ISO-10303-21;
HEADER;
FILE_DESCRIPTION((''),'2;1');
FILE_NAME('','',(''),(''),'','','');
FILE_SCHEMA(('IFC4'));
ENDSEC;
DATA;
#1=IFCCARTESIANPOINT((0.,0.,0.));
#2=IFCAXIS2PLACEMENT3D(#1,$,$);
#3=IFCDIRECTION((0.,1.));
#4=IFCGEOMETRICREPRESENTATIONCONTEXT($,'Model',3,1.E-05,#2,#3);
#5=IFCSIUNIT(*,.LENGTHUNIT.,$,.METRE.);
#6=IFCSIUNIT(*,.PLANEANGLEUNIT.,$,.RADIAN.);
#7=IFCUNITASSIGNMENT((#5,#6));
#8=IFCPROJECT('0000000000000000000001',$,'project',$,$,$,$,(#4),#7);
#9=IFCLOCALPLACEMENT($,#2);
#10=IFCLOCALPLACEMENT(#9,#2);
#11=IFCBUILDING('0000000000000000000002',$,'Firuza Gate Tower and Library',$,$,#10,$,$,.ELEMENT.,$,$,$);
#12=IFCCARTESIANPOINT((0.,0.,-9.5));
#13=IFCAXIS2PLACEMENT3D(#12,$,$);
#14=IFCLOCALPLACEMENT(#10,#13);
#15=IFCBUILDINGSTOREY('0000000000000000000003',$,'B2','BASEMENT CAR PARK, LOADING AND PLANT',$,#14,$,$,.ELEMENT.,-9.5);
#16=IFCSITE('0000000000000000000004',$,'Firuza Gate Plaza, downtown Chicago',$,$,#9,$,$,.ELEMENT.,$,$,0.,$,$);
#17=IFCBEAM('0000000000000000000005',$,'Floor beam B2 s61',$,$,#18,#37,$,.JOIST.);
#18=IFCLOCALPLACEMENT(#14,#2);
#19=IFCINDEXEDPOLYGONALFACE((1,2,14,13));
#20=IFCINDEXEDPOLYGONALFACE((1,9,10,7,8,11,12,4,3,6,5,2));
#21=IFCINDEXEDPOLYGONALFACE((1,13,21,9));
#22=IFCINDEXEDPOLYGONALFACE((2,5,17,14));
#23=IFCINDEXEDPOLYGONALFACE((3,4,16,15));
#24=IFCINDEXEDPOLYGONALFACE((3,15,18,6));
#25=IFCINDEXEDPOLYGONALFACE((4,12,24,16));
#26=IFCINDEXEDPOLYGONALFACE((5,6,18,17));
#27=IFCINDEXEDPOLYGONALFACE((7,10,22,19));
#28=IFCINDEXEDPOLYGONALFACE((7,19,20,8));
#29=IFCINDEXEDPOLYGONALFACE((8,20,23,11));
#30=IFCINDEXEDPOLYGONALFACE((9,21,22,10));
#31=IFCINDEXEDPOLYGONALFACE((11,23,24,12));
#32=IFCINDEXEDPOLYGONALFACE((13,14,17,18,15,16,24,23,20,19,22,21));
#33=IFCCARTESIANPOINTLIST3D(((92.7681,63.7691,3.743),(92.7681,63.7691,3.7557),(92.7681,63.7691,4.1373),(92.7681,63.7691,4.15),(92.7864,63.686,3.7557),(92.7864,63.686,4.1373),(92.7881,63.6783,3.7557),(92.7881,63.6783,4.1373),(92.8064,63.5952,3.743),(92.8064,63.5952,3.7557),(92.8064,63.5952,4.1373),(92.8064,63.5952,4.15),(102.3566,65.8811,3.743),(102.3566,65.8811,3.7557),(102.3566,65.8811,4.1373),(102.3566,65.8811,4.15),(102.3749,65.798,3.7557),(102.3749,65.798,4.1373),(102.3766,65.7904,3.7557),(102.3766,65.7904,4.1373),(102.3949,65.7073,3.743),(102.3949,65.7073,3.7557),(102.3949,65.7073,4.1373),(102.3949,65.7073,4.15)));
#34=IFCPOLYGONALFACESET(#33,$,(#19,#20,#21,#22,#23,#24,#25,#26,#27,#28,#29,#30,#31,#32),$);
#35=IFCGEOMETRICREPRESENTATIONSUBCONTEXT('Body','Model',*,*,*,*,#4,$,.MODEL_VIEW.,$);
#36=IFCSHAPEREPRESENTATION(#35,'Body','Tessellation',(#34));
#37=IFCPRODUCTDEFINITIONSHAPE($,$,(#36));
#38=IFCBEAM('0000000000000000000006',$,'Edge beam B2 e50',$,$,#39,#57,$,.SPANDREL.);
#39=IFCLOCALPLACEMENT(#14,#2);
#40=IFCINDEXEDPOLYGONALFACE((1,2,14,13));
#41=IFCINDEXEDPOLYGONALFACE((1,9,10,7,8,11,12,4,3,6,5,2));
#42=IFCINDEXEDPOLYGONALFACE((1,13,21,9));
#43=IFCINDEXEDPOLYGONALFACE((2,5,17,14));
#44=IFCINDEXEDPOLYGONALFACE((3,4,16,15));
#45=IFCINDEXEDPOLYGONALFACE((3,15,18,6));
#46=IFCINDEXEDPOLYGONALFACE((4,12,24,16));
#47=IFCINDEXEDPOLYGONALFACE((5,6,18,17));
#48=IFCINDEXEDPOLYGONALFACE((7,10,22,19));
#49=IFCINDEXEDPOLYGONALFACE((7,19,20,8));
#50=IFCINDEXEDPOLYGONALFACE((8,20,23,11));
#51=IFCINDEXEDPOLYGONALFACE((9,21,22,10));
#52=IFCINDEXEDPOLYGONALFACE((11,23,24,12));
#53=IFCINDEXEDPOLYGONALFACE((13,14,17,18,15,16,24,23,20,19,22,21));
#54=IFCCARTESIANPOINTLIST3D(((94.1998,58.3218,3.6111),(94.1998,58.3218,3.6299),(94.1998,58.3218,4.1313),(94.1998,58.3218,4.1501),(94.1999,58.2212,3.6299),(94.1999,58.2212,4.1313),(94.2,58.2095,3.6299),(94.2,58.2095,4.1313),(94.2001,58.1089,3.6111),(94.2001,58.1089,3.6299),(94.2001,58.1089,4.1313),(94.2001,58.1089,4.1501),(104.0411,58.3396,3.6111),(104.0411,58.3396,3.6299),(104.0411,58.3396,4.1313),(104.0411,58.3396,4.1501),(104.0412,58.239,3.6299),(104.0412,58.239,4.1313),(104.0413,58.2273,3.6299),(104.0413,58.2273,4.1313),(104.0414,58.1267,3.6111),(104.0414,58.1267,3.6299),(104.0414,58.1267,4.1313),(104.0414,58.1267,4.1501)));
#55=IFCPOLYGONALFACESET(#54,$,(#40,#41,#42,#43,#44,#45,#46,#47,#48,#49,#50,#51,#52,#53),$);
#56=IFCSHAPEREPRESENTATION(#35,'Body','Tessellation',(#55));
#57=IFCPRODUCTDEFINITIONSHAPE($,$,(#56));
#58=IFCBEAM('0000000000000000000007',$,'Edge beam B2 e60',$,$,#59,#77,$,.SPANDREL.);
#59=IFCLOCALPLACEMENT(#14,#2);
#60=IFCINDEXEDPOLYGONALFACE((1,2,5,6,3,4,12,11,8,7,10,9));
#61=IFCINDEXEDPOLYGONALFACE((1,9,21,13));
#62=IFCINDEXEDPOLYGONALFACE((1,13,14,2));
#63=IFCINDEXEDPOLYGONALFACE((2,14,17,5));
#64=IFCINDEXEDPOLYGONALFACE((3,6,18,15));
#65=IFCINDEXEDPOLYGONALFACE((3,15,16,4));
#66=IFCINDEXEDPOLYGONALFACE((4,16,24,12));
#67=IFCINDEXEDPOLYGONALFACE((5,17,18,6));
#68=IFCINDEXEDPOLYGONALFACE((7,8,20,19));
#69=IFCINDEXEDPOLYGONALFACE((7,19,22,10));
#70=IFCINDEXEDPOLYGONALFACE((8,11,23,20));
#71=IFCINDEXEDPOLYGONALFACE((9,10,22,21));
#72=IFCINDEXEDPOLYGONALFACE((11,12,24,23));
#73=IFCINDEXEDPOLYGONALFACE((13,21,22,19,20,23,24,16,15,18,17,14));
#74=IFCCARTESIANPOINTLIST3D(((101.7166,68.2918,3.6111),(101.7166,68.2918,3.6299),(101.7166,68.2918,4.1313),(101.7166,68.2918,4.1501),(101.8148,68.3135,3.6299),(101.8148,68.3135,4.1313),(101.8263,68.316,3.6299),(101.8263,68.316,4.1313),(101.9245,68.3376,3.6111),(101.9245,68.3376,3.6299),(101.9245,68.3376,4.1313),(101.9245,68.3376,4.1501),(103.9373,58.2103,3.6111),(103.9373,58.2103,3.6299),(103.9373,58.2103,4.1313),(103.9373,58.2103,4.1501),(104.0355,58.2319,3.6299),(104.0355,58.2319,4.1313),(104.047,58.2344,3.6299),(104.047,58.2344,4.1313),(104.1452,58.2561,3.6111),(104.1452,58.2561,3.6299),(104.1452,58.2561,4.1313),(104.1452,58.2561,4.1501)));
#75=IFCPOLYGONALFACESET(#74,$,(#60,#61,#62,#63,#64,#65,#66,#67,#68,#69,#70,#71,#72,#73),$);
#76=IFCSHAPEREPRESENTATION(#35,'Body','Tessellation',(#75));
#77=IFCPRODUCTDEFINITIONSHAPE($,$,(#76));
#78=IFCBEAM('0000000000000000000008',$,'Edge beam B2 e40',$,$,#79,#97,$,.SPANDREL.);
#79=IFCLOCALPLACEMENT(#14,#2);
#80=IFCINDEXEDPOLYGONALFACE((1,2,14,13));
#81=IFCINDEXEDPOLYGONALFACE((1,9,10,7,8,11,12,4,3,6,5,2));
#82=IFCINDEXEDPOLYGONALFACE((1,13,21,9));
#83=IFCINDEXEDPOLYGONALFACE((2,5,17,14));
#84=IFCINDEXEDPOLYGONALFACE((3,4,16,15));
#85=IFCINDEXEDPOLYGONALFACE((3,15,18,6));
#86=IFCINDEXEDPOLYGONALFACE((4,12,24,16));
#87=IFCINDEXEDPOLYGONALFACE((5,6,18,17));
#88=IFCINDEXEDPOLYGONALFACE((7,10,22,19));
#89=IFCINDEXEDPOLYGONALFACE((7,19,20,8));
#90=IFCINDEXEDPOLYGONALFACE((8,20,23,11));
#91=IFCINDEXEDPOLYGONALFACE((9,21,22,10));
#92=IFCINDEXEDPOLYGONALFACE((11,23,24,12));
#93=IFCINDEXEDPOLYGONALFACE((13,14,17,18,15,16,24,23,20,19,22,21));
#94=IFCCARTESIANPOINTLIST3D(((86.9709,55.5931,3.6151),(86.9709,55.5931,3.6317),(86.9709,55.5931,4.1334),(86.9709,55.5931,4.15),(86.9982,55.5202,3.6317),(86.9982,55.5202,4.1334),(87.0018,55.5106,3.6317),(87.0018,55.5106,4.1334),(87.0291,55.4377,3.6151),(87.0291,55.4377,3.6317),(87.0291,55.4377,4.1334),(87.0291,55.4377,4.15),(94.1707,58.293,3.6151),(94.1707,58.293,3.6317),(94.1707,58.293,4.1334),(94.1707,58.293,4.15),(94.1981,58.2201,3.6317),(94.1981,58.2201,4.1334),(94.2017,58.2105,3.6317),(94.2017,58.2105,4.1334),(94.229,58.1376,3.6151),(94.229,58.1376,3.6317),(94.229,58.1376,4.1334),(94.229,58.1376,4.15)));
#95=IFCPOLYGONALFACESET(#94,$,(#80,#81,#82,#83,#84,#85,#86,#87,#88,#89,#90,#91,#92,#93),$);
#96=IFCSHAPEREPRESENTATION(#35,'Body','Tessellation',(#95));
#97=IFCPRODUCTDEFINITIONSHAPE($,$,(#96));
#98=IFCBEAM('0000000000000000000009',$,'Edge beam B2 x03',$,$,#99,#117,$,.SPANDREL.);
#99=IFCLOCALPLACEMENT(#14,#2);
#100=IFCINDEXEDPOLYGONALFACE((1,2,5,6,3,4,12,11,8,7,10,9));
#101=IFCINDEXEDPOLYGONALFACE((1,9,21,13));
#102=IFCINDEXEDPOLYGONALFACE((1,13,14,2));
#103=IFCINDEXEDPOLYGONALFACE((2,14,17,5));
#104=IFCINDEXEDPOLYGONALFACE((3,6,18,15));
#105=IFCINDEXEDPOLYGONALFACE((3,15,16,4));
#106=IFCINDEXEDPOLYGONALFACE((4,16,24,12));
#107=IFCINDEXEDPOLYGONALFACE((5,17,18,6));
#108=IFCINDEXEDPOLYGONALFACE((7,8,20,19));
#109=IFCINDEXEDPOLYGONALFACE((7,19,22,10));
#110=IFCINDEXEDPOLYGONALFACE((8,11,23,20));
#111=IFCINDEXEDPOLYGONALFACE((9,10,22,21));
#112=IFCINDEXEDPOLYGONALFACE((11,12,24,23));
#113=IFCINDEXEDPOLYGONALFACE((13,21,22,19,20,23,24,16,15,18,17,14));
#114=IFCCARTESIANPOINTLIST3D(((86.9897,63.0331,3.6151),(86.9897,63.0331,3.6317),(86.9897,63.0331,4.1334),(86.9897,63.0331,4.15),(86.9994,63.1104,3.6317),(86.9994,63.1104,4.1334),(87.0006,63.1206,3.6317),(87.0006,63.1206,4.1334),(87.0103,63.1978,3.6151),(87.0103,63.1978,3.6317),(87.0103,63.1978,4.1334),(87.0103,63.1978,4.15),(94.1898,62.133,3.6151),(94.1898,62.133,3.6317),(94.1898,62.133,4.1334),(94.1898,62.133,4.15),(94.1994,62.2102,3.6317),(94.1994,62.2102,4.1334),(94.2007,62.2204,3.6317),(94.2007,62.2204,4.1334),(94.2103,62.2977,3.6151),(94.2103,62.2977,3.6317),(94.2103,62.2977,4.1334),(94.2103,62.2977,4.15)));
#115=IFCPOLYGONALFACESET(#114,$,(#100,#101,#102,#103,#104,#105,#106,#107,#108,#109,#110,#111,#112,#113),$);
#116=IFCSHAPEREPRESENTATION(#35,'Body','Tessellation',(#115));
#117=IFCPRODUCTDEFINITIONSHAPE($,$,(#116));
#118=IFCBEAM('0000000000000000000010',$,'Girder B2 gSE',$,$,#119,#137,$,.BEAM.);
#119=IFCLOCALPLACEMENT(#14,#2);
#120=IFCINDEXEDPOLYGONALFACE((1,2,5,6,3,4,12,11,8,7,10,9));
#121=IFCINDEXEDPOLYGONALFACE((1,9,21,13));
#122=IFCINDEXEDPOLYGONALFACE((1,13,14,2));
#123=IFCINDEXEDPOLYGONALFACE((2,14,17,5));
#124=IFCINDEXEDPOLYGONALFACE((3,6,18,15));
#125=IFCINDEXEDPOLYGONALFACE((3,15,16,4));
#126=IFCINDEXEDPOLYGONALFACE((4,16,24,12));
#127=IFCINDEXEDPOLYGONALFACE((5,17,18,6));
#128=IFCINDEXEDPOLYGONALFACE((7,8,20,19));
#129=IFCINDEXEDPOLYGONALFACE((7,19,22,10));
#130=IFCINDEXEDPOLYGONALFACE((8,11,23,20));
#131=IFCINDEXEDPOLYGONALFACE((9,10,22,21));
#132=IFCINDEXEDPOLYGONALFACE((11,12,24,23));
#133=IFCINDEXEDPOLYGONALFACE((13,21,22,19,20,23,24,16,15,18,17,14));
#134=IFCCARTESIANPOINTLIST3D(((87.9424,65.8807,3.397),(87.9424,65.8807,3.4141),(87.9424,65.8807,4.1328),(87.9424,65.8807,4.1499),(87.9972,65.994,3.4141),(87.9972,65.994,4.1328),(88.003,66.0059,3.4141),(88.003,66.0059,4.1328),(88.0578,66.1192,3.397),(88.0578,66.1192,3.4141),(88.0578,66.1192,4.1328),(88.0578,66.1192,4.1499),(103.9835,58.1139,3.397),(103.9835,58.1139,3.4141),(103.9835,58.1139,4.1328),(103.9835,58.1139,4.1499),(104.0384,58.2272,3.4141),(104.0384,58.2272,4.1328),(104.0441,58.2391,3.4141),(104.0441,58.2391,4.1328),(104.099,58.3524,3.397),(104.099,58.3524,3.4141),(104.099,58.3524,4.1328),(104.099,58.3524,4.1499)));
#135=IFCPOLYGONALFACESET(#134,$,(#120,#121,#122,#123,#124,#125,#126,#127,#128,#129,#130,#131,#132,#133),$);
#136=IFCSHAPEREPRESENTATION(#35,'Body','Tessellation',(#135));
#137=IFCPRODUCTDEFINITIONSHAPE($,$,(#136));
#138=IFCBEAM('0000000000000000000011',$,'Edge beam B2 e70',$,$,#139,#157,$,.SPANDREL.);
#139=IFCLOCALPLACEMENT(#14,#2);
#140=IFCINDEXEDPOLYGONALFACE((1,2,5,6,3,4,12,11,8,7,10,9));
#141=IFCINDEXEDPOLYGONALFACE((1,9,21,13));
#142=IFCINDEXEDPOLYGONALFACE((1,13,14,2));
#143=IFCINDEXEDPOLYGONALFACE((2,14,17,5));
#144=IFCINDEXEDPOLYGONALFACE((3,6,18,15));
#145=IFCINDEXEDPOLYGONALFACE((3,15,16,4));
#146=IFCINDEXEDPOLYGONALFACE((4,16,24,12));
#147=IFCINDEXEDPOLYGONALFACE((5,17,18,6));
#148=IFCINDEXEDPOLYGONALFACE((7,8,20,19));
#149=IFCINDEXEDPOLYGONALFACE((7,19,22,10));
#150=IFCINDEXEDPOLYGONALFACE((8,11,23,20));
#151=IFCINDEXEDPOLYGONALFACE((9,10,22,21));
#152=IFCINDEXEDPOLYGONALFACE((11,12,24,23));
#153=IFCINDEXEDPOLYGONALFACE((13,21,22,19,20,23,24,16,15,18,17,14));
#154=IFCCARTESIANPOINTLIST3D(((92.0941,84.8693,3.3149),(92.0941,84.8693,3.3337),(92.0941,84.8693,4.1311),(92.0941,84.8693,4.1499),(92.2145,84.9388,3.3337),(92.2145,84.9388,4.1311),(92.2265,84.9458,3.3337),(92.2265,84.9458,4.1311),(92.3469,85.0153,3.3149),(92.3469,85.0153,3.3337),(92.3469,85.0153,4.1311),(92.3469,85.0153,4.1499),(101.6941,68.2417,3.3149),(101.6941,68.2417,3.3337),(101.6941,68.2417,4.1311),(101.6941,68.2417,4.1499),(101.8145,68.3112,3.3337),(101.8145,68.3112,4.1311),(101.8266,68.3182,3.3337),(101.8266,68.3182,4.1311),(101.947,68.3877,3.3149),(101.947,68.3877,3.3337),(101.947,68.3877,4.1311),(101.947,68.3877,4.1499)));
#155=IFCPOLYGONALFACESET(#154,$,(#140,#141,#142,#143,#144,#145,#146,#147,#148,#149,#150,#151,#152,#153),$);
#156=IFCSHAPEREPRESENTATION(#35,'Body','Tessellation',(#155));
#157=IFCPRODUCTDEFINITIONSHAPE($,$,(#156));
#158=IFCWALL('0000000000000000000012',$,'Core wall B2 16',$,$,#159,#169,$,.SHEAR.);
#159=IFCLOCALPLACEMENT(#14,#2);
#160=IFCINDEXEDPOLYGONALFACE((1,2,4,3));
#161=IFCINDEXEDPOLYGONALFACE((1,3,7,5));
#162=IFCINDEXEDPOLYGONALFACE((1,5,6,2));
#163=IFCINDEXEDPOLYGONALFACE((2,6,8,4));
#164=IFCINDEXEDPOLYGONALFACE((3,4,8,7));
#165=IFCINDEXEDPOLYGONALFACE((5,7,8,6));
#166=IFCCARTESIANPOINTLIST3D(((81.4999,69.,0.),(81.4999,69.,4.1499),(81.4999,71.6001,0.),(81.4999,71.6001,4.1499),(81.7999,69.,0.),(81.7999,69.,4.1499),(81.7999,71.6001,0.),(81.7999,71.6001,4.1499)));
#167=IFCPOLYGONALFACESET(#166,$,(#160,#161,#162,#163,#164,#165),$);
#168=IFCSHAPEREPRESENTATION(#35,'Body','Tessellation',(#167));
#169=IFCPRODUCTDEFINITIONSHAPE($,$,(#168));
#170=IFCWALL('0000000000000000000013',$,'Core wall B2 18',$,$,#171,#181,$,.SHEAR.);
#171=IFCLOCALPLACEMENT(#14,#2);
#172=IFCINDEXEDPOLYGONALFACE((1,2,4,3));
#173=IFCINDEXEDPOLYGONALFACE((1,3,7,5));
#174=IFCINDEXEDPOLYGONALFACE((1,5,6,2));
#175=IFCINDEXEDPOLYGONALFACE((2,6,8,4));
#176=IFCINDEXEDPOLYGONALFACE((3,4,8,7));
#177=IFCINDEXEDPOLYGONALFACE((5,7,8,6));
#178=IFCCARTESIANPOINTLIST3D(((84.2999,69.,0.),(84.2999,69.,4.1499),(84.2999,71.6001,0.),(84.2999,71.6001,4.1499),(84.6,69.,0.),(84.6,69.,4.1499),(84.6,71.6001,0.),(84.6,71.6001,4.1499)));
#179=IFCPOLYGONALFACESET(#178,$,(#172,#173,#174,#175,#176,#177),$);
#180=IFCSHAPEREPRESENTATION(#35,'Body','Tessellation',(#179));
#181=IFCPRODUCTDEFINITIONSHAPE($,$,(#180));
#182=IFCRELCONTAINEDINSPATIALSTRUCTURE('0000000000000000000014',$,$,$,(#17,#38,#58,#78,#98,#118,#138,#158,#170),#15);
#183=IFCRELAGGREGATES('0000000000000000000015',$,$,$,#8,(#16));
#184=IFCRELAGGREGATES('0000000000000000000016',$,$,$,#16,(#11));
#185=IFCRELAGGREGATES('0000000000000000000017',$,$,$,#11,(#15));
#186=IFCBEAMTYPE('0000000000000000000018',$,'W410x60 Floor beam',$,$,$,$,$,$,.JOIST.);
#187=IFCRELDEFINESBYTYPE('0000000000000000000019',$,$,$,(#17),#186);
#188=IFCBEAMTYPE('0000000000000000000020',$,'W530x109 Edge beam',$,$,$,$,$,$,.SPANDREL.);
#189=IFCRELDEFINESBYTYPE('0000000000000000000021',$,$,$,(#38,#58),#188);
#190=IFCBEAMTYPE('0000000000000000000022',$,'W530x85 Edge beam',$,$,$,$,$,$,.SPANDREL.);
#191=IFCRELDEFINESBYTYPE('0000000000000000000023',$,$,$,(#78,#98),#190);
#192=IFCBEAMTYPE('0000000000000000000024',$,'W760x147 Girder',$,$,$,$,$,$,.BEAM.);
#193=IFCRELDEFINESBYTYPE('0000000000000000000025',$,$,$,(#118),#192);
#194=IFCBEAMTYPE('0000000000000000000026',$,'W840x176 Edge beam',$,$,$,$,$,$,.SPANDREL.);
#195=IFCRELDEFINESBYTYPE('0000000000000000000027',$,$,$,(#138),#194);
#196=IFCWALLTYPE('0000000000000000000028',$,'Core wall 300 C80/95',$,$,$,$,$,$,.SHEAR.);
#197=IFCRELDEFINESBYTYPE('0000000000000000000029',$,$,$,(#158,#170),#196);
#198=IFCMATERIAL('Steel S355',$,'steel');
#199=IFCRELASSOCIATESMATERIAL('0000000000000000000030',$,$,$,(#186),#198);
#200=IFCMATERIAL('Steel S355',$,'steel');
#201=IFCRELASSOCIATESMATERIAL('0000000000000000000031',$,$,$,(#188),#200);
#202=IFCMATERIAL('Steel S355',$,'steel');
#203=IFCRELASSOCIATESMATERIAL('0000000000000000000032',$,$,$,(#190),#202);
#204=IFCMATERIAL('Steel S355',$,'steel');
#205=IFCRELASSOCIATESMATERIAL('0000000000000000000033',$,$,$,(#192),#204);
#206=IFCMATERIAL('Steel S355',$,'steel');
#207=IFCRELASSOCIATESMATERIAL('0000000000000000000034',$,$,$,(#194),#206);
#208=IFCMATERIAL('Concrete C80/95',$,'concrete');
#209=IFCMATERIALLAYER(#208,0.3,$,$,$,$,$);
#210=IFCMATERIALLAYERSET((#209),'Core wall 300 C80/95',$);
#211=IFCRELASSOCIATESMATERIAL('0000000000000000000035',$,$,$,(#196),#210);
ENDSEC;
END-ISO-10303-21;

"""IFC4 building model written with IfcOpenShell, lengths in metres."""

from ifc_helpers import new_model, si_unit, direction, frame, frame_2d, origin, origin_2d, place, context, subcontext, project, spatial, rectangle, i_section, extrude, material, layer, layer_set, material_profile, profile_set, type_object, element, save


model = new_model("IFC4")

# Units and contexts
model_context = context("Model", 3, precision=1e-05, world=origin(), true_north=direction((0.0, 1.0)))
body_context = subcontext(model_context, "Body", "Model", "MODEL_VIEW")
ifc_project = project(units=[si_unit("LENGTHUNIT", "METRE"), si_unit("PLANEANGLEUNIT", "RADIAN")], contexts=[model_context])

# Site, building, storey
site_placement = place(None, origin())
site = spatial("IfcSite", under=ifc_project, at=site_placement, Name="Firuza Gate Plaza, downtown Chicago", CompositionType="ELEMENT", RefElevation=0.0)
building_placement = place(site_placement, origin())
building = spatial("IfcBuilding", under=site, at=building_placement, Name="Firuza Gate Tower and Library", CompositionType="ELEMENT")
storey_placement = place(building_placement, frame((0.0, 0.0, -9.5)))
storey = spatial("IfcBuildingStorey", under=building, at=storey_placement, Name="B2", Description="BASEMENT CAR PARK, LOADING AND PLANT", CompositionType="ELEMENT", Elevation=-9.5)

# Beams
ifc_material_1 = material(Name="Steel S355", Category="steel")
ifc_material_profile_1 = material_profile(ifc_material_1, i_section(OverallWidth=0.178, OverallDepth=0.407, WebThickness=0.0078, FlangeThickness=0.0127, at=origin_2d()))
ifc_profile_set_1 = profile_set([ifc_material_profile_1], Name="Steel S355")
beam_type_1 = type_object("IfcBeamType", Name="W410x60 Floor beam", PredefinedType="JOIST", material=ifc_profile_set_1)
beam_1_placement = place(storey_placement, frame((102.3757, 65.7942, 3.9465), z_axis=(-0.97659, -0.215111, 0.0), x_axis=(0.215111, -0.97659, 0.0)))
element("IfcBeam", 1, at=beam_1_placement, inside=storey, type_object=beam_type_1, Name="Floor beam B2 s61", PredefinedType="JOIST", context=body_context, shape_type="SweptSolid", body=[
    extrude(i_section(OverallWidth=0.178, OverallDepth=0.407, WebThickness=0.0078, FlangeThickness=0.0127, at=origin_2d()), origin(), (0.0, 0.0, 1.0), 9.8184),
])
ifc_material_2 = material(Name="Steel S355", Category="steel")
ifc_material_profile_2 = material_profile(ifc_material_2, i_section(OverallWidth=0.2129, OverallDepth=0.5391, WebThickness=0.0117, FlangeThickness=0.0188, at=origin_2d()))
ifc_profile_set_2 = profile_set([ifc_material_profile_2], Name="Steel S355")
beam_type_2 = type_object("IfcBeamType", Name="W530x109 Edge beam", PredefinedType="SPANDREL", material=ifc_profile_set_2)
beam_2_placement = place(storey_placement, frame((94.2, 58.2153, 3.8806), z_axis=(0.999998, 0.001811, 0.0), x_axis=(-0.001811, 0.999998, 0.0)))
element("IfcBeam", 2, at=beam_2_placement, inside=storey, type_object=beam_type_2, Name="Edge beam B2 e50", PredefinedType="SPANDREL", context=body_context, shape_type="SweptSolid", body=[
    extrude(i_section(OverallWidth=0.2129, OverallDepth=0.5391, WebThickness=0.0117, FlangeThickness=0.0188, at=origin_2d()), origin(), (0.0, 0.0, 1.0), 9.8413),
])
beam_3_placement = place(storey_placement, frame((104.0413, 58.2332, 3.8806), z_axis=(-0.215117, 0.976588, 0.0), x_axis=(-0.976588, -0.215117, 0.0)))
element("IfcBeam", 3, at=beam_3_placement, inside=storey, type_object=beam_type_2, Name="Edge beam B2 e60", PredefinedType="SPANDREL", context=body_context, shape_type="SweptSolid", body=[
    extrude(i_section(OverallWidth=0.2129, OverallDepth=0.5391, WebThickness=0.0117, FlangeThickness=0.0188, at=origin_2d()), origin(), (0.0, 0.0, 1.0), 10.3232),
])
ifc_material_3 = material(Name="Steel S355", Category="steel")
ifc_material_profile_3 = material_profile(ifc_material_3, i_section(OverallWidth=0.166, OverallDepth=0.5349, WebThickness=0.0103, FlangeThickness=0.0166, at=origin_2d()))
ifc_profile_set_3 = profile_set([ifc_material_profile_3], Name="Steel S355")
beam_type_3 = type_object("IfcBeamType", Name="W530x85 Edge beam", PredefinedType="SPANDREL", material=ifc_profile_set_3)
beam_4_placement = place(storey_placement, frame((87.0, 55.5154, 3.8826), z_axis=(0.93633, 0.35112, 0.0), x_axis=(-0.35112, 0.93633, 0.0)))
element("IfcBeam", 4, at=beam_4_placement, inside=storey, type_object=beam_type_3, Name="Edge beam B2 e40", PredefinedType="SPANDREL", context=body_context, shape_type="SweptSolid", body=[
    extrude(i_section(OverallWidth=0.166, OverallDepth=0.5349, WebThickness=0.0103, FlangeThickness=0.0166, at=origin_2d()), origin(), (0.0, 0.0, 1.0), 7.6895),
])
beam_5_placement = place(storey_placement, frame((87.0, 63.1155, 3.8826), z_axis=(0.992275, -0.124055, 0.0), x_axis=(0.124055, 0.992275, 0.0)))
element("IfcBeam", 5, at=beam_5_placement, inside=storey, type_object=beam_type_3, Name="Edge beam B2 x03", PredefinedType="SPANDREL", context=body_context, shape_type="SweptSolid", body=[
    extrude(i_section(OverallWidth=0.166, OverallDepth=0.5349, WebThickness=0.0103, FlangeThickness=0.0166, at=origin_2d()), origin(), (0.0, 0.0, 1.0), 7.2561),
])
ifc_material_4 = material(Name="Steel S355", Category="steel")
ifc_material_profile_4 = material_profile(ifc_material_4, i_section(OverallWidth=0.2649, OverallDepth=0.7529, WebThickness=0.0132, FlangeThickness=0.0171, at=origin_2d()))
ifc_profile_set_4 = profile_set([ifc_material_profile_4], Name="Steel S355")
beam_type_4 = type_object("IfcBeamType", Name="W760x147 Girder", PredefinedType="BEAM", material=ifc_profile_set_4)
beam_6_placement = place(storey_placement, frame((104.0413, 58.2332, 3.7734), z_axis=(-0.90005, 0.435786, 0.0), x_axis=(-0.435786, -0.90005, 0.0)))
element("IfcBeam", 6, at=beam_6_placement, inside=storey, type_object=beam_type_4, Name="Girder B2 gSE", PredefinedType="BEAM", context=body_context, shape_type="SweptSolid", body=[
    extrude(i_section(OverallWidth=0.2649, OverallDepth=0.7529, WebThickness=0.0132, FlangeThickness=0.0171, at=origin_2d()), origin(), (0.0, 0.0, 1.0), 17.8225),
])
ifc_material_5 = material(Name="Steel S355", Category="steel")
ifc_material_profile_5 = material_profile(ifc_material_5, i_section(OverallWidth=0.292, OverallDepth=0.835, WebThickness=0.0139, FlangeThickness=0.0188, at=origin_2d()))
ifc_profile_set_5 = profile_set([ifc_material_profile_5], Name="Steel S355")
beam_type_5 = type_object("IfcBeamType", Name="W840x176 Edge beam", PredefinedType="SPANDREL", material=ifc_profile_set_5)
beam_7_placement = place(storey_placement, frame((101.8206, 68.3147, 3.7324), z_axis=(-0.500004, 0.866023, 0.0), x_axis=(-0.866023, -0.500004, 0.0)))
element("IfcBeam", 7, at=beam_7_placement, inside=storey, type_object=beam_type_5, Name="Edge beam B2 e70", PredefinedType="SPANDREL", context=body_context, shape_type="SweptSolid", body=[
    extrude(i_section(OverallWidth=0.292, OverallDepth=0.835, WebThickness=0.0139, FlangeThickness=0.0188, at=origin_2d()), origin(), (0.0, 0.0, 1.0), 19.2),
])

# Walls
ifc_material_6 = material(Name="Concrete C80/95", Category="concrete")
ifc_layer_1 = layer(ifc_material_6, 0.3)
ifc_layer_set_1 = layer_set([ifc_layer_1], Name="Core wall 300 C80/95")
wall_type_1 = type_object("IfcWallType", Name="Core wall 300 C80/95", PredefinedType="SHEAR", material=ifc_layer_set_1)
for number, where, z_axis, x_axis, name in (
    (8, (81.6499, 69.0, 0.0), (0.0, 0.0, 1.0), (0.0, 1.0, 0.0), "Core wall B2 16"),
    (9, (84.45, 69.0, 0.0), (0.0, 0.0, 1.0), (0.0, 1.0, 0.0), "Core wall B2 18"),
):
    element("IfcWall", number, at=place(storey_placement, frame(where, z_axis=z_axis, x_axis=x_axis)), inside=storey, type_object=wall_type_1, Name=name, PredefinedType="SHEAR", context=body_context, shape_type="SweptSolid", body=[
        extrude(rectangle(XDim=2.6001, YDim=0.3, at=frame_2d((1.3, 0.0))), origin(), (0.0, 0.0, 1.0), 4.1499),
    ])

save(model, "model.ifc")
